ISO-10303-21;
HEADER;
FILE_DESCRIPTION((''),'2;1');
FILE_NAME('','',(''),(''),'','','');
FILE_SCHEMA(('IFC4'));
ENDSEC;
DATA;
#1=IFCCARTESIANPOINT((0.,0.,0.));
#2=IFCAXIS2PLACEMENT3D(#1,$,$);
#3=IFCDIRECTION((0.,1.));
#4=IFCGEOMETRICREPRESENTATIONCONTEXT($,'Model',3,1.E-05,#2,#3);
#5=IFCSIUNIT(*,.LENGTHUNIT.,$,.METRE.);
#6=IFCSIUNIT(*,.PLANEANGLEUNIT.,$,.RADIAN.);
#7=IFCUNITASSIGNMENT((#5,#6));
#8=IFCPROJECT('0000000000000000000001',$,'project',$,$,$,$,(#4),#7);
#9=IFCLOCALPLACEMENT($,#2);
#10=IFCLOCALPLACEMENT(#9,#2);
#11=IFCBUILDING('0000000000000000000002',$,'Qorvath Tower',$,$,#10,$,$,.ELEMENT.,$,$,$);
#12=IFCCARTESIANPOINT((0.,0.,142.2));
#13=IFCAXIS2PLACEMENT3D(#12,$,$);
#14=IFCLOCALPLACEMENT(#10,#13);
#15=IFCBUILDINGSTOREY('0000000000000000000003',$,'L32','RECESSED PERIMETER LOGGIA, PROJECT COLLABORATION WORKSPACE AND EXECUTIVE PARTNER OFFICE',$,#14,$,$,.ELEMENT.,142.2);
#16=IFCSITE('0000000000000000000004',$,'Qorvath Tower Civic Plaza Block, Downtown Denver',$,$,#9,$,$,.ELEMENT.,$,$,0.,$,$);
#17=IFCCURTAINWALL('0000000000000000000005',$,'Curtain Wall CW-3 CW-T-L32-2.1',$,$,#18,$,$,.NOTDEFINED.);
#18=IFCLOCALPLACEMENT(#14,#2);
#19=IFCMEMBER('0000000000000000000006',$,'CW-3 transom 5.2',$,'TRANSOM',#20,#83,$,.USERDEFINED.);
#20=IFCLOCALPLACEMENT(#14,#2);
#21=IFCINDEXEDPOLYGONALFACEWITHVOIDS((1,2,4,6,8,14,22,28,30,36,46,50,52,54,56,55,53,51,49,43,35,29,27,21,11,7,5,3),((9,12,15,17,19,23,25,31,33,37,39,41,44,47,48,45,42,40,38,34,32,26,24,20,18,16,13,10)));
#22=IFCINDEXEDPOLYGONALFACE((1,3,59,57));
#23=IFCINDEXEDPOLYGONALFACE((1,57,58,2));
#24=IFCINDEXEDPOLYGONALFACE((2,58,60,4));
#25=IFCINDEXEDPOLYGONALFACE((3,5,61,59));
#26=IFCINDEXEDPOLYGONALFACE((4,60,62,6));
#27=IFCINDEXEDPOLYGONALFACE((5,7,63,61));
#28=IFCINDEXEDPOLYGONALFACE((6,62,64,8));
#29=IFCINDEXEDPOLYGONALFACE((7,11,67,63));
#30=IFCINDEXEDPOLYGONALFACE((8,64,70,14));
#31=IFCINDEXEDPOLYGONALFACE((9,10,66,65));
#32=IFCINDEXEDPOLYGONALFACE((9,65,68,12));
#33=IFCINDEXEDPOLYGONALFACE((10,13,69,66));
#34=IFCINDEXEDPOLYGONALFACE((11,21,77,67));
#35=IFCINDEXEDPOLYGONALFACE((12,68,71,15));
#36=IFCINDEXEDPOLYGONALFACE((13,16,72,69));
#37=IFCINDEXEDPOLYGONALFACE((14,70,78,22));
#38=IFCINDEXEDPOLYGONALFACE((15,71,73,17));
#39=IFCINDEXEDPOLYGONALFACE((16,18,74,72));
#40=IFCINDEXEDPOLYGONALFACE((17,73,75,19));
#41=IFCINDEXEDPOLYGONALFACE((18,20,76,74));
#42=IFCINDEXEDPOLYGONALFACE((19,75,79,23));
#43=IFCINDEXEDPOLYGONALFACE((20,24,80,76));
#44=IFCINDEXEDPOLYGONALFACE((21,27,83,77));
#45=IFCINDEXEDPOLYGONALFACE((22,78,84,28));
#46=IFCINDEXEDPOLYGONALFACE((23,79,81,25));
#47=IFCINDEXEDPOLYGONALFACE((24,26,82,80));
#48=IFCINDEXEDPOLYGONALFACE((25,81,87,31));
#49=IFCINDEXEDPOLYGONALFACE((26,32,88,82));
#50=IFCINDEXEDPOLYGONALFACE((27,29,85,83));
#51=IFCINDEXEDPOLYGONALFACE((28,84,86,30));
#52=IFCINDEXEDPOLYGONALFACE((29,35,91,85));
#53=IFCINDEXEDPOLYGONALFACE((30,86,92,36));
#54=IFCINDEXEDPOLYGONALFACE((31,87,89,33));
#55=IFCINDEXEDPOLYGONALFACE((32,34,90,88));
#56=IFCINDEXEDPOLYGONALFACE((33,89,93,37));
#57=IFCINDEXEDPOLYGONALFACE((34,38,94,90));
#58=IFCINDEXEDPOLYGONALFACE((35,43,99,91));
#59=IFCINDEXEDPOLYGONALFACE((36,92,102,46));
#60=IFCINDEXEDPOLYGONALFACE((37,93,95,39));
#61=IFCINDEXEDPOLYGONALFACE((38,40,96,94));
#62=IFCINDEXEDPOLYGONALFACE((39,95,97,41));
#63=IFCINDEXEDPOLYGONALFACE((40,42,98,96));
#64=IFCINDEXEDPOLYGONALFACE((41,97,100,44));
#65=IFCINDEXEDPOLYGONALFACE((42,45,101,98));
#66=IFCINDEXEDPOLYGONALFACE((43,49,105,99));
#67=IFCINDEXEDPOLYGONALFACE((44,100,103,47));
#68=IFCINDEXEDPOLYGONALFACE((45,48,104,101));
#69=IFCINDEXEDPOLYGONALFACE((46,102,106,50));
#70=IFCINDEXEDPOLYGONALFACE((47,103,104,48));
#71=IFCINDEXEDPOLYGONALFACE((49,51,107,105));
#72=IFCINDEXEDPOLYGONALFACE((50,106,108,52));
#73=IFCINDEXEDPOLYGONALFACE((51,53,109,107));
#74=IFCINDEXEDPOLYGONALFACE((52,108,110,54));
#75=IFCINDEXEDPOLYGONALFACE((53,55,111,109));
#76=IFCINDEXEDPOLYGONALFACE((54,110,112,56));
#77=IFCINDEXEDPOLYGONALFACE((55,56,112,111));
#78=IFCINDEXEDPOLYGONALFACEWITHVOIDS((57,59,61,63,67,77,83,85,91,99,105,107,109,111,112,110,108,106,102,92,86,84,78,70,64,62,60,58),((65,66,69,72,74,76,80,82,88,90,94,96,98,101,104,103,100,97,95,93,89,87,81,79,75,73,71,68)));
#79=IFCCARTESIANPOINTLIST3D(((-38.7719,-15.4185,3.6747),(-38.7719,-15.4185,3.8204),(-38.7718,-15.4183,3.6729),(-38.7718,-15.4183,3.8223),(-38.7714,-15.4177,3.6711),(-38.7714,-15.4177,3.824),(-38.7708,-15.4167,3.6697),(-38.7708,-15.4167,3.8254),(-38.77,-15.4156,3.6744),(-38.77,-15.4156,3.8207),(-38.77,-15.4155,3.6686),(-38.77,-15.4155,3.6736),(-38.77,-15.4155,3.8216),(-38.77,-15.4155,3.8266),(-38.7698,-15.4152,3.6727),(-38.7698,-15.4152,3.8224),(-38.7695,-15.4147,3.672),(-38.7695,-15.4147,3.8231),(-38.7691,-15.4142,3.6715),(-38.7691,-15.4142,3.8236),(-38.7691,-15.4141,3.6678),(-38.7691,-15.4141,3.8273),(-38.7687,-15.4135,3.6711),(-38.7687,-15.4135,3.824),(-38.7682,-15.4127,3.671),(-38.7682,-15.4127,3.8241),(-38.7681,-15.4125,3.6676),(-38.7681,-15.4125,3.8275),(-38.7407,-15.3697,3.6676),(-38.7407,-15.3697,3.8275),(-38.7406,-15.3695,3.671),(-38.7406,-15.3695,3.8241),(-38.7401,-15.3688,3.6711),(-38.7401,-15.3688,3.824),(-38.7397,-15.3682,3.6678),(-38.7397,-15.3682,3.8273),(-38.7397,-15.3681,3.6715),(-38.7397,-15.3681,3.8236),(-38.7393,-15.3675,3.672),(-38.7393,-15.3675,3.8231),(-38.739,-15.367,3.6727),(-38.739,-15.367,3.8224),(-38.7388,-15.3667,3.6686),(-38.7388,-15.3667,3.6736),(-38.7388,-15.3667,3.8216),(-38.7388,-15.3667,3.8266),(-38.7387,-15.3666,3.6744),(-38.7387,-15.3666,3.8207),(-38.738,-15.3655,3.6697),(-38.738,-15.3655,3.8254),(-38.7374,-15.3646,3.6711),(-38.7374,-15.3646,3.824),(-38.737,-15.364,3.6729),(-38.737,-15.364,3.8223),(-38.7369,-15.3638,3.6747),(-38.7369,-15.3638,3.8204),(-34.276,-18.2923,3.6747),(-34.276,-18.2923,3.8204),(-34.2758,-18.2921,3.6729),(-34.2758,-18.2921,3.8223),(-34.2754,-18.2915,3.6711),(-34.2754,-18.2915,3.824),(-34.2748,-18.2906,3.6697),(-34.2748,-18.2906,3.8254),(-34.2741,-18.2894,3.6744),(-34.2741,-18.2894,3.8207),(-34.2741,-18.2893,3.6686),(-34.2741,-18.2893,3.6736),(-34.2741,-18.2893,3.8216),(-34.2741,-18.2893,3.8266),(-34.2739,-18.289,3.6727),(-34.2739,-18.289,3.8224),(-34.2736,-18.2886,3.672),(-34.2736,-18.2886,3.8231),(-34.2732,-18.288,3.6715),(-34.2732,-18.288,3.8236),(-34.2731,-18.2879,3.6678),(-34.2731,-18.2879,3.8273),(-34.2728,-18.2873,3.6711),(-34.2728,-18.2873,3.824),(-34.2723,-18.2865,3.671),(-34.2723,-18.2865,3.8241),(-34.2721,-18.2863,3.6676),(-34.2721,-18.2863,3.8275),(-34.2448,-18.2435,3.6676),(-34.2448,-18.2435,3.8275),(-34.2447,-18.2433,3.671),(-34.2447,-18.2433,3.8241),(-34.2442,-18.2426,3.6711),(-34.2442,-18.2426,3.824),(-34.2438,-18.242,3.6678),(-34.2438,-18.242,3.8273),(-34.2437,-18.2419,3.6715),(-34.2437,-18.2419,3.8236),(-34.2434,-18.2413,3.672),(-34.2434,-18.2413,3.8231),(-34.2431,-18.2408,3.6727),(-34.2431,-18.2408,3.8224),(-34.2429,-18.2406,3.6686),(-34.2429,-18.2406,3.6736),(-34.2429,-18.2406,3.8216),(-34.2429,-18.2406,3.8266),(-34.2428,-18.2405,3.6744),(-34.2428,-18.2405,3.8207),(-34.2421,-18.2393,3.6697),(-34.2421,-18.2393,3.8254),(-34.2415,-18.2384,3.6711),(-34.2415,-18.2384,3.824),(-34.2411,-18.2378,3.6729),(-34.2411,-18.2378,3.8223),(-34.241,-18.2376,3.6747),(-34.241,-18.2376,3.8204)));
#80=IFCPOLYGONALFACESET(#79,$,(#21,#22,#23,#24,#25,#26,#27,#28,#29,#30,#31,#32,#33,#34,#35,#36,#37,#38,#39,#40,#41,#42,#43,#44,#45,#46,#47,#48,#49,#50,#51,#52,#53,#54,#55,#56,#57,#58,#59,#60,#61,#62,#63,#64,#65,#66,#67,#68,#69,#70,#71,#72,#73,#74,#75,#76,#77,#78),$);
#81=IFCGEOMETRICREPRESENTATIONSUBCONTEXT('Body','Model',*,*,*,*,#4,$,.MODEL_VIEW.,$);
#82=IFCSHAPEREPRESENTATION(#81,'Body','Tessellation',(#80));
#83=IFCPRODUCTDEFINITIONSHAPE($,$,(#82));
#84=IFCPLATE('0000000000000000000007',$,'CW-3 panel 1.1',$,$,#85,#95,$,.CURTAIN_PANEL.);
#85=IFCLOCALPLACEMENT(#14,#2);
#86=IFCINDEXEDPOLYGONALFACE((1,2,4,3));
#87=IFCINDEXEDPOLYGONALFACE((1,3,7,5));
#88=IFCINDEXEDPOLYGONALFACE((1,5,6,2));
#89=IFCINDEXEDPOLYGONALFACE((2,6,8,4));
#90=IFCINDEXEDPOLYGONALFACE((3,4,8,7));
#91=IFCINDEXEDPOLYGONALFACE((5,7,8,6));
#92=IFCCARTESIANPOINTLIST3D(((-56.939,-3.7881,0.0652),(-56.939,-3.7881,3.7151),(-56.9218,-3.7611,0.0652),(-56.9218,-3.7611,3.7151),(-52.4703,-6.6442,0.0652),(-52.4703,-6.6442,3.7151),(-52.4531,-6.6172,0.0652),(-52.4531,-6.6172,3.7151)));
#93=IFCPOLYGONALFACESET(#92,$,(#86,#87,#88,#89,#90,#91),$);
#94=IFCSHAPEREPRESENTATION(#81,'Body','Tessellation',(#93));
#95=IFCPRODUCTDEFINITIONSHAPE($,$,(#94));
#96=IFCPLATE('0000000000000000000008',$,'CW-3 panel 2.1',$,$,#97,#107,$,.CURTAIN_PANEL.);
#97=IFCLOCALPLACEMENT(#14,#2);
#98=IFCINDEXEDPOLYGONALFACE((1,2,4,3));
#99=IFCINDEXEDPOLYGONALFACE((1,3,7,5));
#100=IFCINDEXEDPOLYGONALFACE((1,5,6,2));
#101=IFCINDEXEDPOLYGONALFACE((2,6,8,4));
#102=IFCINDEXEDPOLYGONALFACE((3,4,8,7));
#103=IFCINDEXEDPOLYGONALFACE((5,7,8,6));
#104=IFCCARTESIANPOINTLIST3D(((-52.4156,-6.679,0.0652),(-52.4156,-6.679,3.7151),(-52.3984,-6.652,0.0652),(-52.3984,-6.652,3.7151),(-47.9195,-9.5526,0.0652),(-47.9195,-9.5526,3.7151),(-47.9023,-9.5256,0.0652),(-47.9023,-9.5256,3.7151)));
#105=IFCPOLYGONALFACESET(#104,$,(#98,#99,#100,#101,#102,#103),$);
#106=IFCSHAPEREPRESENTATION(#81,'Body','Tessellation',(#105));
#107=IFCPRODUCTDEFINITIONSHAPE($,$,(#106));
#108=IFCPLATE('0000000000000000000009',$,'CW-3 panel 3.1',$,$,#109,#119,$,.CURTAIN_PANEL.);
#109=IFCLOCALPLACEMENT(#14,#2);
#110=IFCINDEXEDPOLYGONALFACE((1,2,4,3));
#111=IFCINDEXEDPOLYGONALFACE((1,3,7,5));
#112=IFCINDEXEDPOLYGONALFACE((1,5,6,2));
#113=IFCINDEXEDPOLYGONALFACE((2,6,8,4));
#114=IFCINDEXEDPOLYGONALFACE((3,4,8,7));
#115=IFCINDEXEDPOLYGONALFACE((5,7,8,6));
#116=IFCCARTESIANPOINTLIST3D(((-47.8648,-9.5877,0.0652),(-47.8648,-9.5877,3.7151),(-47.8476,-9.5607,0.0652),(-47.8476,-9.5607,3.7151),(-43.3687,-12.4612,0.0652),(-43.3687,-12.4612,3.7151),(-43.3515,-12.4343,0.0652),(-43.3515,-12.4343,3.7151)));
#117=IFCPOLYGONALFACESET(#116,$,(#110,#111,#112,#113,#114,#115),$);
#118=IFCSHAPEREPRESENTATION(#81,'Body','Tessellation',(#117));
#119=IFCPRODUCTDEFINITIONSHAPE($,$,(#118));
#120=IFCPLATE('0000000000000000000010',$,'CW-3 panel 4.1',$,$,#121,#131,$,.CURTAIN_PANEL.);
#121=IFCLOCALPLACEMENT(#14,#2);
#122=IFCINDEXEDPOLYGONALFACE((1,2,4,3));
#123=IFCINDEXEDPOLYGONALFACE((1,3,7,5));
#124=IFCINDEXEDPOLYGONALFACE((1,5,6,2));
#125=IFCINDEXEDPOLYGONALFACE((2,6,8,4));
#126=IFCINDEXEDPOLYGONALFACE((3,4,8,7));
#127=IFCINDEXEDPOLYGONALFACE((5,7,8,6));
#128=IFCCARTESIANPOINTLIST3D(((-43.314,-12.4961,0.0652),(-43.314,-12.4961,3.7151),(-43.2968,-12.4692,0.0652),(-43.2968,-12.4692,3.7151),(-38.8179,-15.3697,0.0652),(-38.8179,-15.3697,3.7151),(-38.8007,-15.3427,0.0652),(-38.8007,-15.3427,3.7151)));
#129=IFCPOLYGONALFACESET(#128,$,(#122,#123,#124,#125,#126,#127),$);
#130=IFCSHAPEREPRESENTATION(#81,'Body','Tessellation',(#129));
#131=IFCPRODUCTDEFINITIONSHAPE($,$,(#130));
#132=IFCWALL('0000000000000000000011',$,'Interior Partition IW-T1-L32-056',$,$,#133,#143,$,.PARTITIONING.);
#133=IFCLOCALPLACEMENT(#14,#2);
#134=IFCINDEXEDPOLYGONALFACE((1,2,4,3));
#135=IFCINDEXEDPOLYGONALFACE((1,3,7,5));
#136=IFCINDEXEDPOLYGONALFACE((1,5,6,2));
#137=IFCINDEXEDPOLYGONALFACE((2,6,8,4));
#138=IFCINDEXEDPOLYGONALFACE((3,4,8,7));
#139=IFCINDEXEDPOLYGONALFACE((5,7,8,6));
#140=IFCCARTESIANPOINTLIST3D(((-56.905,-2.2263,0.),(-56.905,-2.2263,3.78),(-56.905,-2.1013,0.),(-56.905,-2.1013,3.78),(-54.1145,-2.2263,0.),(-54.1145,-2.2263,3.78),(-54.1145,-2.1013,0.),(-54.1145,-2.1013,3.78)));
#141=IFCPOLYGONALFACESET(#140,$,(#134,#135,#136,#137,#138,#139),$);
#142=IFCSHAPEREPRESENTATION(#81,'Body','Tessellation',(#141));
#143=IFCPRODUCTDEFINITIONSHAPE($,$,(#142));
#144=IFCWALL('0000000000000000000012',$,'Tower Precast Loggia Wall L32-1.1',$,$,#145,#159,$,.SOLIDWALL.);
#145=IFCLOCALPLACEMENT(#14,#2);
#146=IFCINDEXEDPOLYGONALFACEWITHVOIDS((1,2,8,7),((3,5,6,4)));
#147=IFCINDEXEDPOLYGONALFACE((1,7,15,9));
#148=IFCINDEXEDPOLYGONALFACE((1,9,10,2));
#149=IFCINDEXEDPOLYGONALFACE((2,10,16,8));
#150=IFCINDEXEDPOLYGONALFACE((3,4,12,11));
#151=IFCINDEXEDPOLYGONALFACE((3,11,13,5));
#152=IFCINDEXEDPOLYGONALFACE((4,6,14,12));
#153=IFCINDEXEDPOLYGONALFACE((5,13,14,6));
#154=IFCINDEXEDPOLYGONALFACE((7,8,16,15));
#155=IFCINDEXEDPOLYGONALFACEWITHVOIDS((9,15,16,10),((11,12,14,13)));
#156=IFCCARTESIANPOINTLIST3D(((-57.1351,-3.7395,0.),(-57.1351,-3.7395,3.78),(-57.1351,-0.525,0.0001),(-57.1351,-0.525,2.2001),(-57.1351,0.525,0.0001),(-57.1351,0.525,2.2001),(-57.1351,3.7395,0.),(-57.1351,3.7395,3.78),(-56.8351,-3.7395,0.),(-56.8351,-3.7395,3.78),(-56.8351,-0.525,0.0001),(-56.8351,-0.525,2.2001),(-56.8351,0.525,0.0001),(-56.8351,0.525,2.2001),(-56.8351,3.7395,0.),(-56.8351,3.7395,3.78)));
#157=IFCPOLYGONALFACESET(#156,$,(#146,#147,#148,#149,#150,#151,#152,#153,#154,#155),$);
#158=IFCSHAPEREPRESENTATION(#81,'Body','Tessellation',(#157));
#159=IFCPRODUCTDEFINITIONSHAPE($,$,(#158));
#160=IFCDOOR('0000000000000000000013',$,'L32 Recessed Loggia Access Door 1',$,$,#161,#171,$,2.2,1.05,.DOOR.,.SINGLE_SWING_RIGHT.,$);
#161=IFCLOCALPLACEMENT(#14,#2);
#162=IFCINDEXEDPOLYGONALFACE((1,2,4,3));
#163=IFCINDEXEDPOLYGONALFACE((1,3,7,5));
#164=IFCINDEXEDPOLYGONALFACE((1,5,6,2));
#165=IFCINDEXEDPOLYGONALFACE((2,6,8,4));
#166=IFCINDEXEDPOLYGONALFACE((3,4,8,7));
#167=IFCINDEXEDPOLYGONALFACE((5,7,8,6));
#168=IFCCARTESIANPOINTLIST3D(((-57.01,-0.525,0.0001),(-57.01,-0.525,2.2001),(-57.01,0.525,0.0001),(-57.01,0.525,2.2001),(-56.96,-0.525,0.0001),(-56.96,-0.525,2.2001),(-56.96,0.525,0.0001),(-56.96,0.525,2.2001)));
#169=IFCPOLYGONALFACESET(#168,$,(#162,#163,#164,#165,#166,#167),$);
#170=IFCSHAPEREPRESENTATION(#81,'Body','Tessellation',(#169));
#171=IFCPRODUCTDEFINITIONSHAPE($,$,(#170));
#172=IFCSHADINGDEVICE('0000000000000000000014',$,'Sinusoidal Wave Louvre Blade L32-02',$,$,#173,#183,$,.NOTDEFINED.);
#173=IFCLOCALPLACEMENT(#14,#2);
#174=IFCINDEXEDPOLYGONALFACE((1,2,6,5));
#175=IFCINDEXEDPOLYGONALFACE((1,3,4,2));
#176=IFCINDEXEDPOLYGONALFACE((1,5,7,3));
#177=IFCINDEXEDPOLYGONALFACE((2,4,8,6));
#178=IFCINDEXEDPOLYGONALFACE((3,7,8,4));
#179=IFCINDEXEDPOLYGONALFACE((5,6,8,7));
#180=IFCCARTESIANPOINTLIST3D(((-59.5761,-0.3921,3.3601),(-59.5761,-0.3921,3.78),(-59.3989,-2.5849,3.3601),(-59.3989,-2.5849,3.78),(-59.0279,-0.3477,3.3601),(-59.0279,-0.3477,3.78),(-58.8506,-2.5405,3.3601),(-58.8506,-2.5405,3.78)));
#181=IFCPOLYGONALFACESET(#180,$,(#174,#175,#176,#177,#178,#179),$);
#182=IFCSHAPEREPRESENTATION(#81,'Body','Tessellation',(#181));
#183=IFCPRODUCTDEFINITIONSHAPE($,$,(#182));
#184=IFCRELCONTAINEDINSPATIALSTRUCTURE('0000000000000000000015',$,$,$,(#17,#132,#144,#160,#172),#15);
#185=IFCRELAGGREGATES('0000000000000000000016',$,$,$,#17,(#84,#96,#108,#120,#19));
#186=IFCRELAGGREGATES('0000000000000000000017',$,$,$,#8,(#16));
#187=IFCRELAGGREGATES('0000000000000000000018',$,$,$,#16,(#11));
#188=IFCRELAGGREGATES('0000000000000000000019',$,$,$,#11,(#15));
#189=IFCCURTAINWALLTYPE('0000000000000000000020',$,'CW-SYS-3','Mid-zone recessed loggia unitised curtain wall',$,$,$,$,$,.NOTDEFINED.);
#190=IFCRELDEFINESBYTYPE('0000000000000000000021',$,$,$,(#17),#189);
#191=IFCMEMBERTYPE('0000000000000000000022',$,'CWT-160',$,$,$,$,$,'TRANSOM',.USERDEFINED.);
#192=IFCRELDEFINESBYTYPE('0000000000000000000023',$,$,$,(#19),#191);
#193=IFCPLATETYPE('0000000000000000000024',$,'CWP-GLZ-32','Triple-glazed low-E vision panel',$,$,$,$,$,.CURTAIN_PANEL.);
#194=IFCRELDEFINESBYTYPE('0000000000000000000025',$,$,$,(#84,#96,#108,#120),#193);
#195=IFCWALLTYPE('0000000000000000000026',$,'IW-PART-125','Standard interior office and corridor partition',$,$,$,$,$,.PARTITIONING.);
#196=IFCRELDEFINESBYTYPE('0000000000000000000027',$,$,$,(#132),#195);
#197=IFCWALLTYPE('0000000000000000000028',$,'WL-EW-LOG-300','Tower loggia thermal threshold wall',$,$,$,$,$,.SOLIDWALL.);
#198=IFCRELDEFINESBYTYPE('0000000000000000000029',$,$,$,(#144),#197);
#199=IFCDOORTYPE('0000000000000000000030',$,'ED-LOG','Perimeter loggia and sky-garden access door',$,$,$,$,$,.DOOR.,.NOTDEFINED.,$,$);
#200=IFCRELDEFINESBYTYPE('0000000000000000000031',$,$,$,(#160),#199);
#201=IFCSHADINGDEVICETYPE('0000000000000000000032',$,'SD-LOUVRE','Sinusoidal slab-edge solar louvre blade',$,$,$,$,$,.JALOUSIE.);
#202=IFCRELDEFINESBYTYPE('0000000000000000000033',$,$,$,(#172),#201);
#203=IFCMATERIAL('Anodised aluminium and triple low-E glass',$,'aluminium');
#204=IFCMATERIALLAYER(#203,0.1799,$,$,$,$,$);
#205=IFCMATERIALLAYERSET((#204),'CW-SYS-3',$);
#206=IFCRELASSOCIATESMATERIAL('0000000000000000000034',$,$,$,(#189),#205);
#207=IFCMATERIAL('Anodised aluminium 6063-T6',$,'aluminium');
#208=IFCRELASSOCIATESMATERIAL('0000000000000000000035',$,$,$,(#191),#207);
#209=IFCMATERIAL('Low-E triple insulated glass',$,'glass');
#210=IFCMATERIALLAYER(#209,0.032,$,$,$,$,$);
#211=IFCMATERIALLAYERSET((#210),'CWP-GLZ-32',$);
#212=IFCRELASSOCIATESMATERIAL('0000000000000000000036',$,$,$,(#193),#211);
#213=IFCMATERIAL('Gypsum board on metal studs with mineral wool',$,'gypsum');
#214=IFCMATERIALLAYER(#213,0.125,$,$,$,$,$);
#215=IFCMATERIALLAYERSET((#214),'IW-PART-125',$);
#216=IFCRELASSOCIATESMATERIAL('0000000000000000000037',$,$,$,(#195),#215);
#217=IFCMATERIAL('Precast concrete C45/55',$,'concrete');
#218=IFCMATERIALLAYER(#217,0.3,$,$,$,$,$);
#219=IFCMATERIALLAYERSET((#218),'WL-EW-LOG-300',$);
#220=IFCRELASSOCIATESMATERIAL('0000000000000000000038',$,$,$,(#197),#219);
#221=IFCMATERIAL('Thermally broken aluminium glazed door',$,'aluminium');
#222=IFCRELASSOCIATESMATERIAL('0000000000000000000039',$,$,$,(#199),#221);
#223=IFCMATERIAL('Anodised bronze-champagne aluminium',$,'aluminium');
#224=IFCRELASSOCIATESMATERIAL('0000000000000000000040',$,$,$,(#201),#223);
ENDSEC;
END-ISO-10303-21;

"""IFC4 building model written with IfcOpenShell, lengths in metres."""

from ifc_helpers import new_model, si_unit, direction, frame, frame_2d, origin, origin_2d, place, context, subcontext, project, spatial, rectangle, hollow_rectangle, extrude, material, layer, layer_set, material_profile, profile_set, type_object, element, fill, aggregate, save


model = new_model("IFC4")

# Units and contexts
model_context = context("Model", 3, precision=1e-05, world=origin(), true_north=direction((0.0, 1.0)))
body_context = subcontext(model_context, "Body", "Model", "MODEL_VIEW")
ifc_project = project(units=[si_unit("LENGTHUNIT", "METRE"), si_unit("PLANEANGLEUNIT", "RADIAN")], contexts=[model_context])

# Site, building, storey
site_placement = place(None, origin())
site = spatial("IfcSite", under=ifc_project, at=site_placement, Name="Qorvath Tower Civic Plaza Block, Downtown Denver", CompositionType="ELEMENT", RefElevation=0.0)
building_placement = place(site_placement, origin())
building = spatial("IfcBuilding", under=site, at=building_placement, Name="Qorvath Tower", CompositionType="ELEMENT")
storey_placement = place(building_placement, frame((0.0, 0.0, 142.2)))
storey = spatial("IfcBuildingStorey", under=building, at=storey_placement, Name="L32", Description="RECESSED PERIMETER LOGGIA, PROJECT COLLABORATION WORKSPACE AND EXECUTIVE PARTNER OFFICE", CompositionType="ELEMENT", Elevation=142.2)

# Curtain wall, member, plates
ifc_material_1 = material(Name="Anodised aluminium and triple low-E glass", Category="aluminium")
ifc_layer_1 = layer(ifc_material_1, 0.1799)
ifc_layer_set_1 = layer_set([ifc_layer_1], Name="CW-SYS-3")
curtain_wall_type = type_object("IfcCurtainWallType", Name="CW-SYS-3", Description="Mid-zone recessed loggia unitised curtain wall", PredefinedType="NOTDEFINED", material=ifc_layer_set_1)
curtain_wall_placement = place(storey_placement, origin())
curtain_wall = element("IfcCurtainWall", 1, at=curtain_wall_placement, inside=storey, type_object=curtain_wall_type, Name="Curtain Wall CW-3 CW-T-L32-2.1", PredefinedType="NOTDEFINED")
ifc_material_2 = material(Name="Anodised aluminium 6063-T6", Category="aluminium")
ifc_material_profile_1 = material_profile(ifc_material_2, hollow_rectangle(XDim=0.0649, YDim=0.1599, WallThickness=0.0034, InnerFilletRadius=0.0034, OuterFilletRadius=0.0071, at=origin_2d()), Name="CWT 160x65")
ifc_profile_set_1 = profile_set([ifc_material_profile_1], Name="Anodised aluminium 6063-T6")
member_type_1 = type_object("IfcMemberType", Name="CWT-160", ElementType="TRANSOM", PredefinedType="USERDEFINED", material=ifc_profile_set_1)
member_1_placement = place(storey_placement, frame((-38.7544, -15.3911, 3.7476), z_axis=(0.842575, -0.53858, 0.0), x_axis=(0.53858, 0.842575, 0.0)))
member_1 = element("IfcMember", 2, at=member_1_placement, type_object=member_type_1, Name="CW-3 transom 5.2", ObjectType="TRANSOM", PredefinedType="USERDEFINED", context=body_context, shape_type="SweptSolid", body=[
    extrude(hollow_rectangle(XDim=0.0649, YDim=0.1599, WallThickness=0.0034, InnerFilletRadius=0.0034, OuterFilletRadius=0.0071, at=origin_2d()), origin(), (0.0, 0.0, 1.0), 5.3359),
])
ifc_material_3 = material(Name="Low-E triple insulated glass", Category="glass")
ifc_layer_2 = layer(ifc_material_3, 0.032)
ifc_layer_set_2 = layer_set([ifc_layer_2], Name="CWP-GLZ-32")
plate_type = type_object("IfcPlateType", Name="CWP-GLZ-32", Description="Triple-glazed low-E vision panel", PredefinedType="CURTAIN_PANEL", material=ifc_layer_set_2)
plate_1_placement = place(storey_placement, frame((-54.696, -5.2026, 0.0652), z_axis=(0.0, 0.0, 1.0), x_axis=(0.842604, -0.538533, 0.0)))
plate_1 = element("IfcPlate", 3, at=plate_1_placement, type_object=plate_type, Name="CW-3 panel 1.1", PredefinedType="CURTAIN_PANEL", context=body_context, shape_type="SweptSolid", body=[
    extrude(rectangle(XDim=5.3035, YDim=0.032, at=origin_2d()), origin(), (0.0, 0.0, 1.0), 3.6499),
])
plate_2_placement = place(storey_placement, frame((-50.1589, -8.1023, 0.0652), z_axis=(0.0, 0.0, 1.0), x_axis=(0.842604, -0.538533, 0.0)))
plate_2 = element("IfcPlate", 4, at=plate_2_placement, type_object=plate_type, Name="CW-3 panel 2.1", PredefinedType="CURTAIN_PANEL", context=body_context, shape_type="SweptSolid", body=[
    extrude(rectangle(XDim=5.3359, YDim=0.032, at=origin_2d()), origin(), (0.0, 0.0, 1.0), 3.6499),
])
plate_3_placement = place(storey_placement, frame((-45.6082, -11.011, 0.0652), z_axis=(0.0, 0.0, 1.0), x_axis=(0.842604, -0.538533, 0.0)))
plate_3 = element("IfcPlate", 5, at=plate_3_placement, type_object=plate_type, Name="CW-3 panel 3.1", PredefinedType="CURTAIN_PANEL", context=body_context, shape_type="SweptSolid", body=[
    extrude(rectangle(XDim=5.3359, YDim=0.032, at=origin_2d()), origin(), (0.0, 0.0, 1.0), 3.6499),
])
plate_4_placement = place(storey_placement, frame((-41.0574, -13.9194, 0.0652), z_axis=(0.0, 0.0, 1.0), x_axis=(0.842604, -0.538533, 0.0)))
plate_4 = element("IfcPlate", 6, at=plate_4_placement, type_object=plate_type, Name="CW-3 panel 4.1", PredefinedType="CURTAIN_PANEL", context=body_context, shape_type="SweptSolid", body=[
    extrude(rectangle(XDim=5.3359, YDim=0.032, at=origin_2d()), origin(), (0.0, 0.0, 1.0), 3.6499),
])
aggregate(curtain_wall, [plate_1, plate_2, plate_3, plate_4, member_1])

# Wall
ifc_material_4 = material(Name="Gypsum board on metal studs with mineral wool", Category="gypsum")
ifc_layer_3 = layer(ifc_material_4, 0.125)
ifc_layer_set_3 = layer_set([ifc_layer_3], Name="IW-PART-125")
wall_type_1 = type_object("IfcWallType", Name="IW-PART-125", Description="Standard interior office and corridor partition", PredefinedType="PARTITIONING", material=ifc_layer_set_3)
wall_1_placement = place(storey_placement, frame((-54.1145, -2.1638, 0.0), z_axis=(0.0, 0.0, 1.0), x_axis=(-1.0, 0.0, 0.0)))
element("IfcWall", 7, at=wall_1_placement, inside=storey, type_object=wall_type_1, Name="Interior Partition IW-T1-L32-056", PredefinedType="PARTITIONING", context=body_context, shape_type="SweptSolid", body=[
    extrude(rectangle(XDim=2.7905, YDim=0.125, at=frame_2d((1.3953, 0.0))), origin(), (0.0, 0.0, 1.0), 3.78),
])

# Wall, opening, door
ifc_material_5 = material(Name="Precast concrete C45/55", Category="concrete")
ifc_layer_4 = layer(ifc_material_5, 0.3)
ifc_layer_set_4 = layer_set([ifc_layer_4], Name="WL-EW-LOG-300")
wall_type_2 = type_object("IfcWallType", Name="WL-EW-LOG-300", Description="Tower loggia thermal threshold wall", PredefinedType="SOLIDWALL", material=ifc_layer_set_4)
wall_2_placement = place(storey_placement, frame((-56.9851, -3.7395, 0.0), z_axis=(0.0, 0.0, 1.0), x_axis=(0.0, 1.0, 0.0)))
wall_2 = element("IfcWall", 8, at=wall_2_placement, inside=storey, type_object=wall_type_2, Name="Tower Precast Loggia Wall L32-1.1", PredefinedType="SOLIDWALL", context=body_context, shape_type="SweptSolid", body=[
    extrude(rectangle(XDim=7.479, YDim=0.3, at=frame_2d((3.7395, 0.0))), origin(), (0.0, 0.0, 1.0), 3.78),
])
opening_placement = place(wall_2_placement, frame((3.2146, 0.0, 0.0)))
opening = element("IfcOpeningElement", 9, at=opening_placement, cuts=wall_2, PredefinedType="OPENING", context=body_context, shape_type="SweptSolid", body=[
    extrude(rectangle(XDim=1.05, YDim=2.2, at=frame_2d((0.5249, 1.1001))), frame((0.0, 0.1602, 0.0), z_axis=(0.0, -1.0, 0.0), x_axis=(1.0, 0.0, 0.0)), (0.0, 0.0, 1.0), 0.3201),
])
ifc_material_6 = material(Name="Thermally broken aluminium glazed door", Category="aluminium")
door_type = type_object("IfcDoorType", Name="ED-LOG", Description="Perimeter loggia and sky-garden access door", OperationType="NOTDEFINED", PredefinedType="DOOR", material=ifc_material_6)
door_placement = place(opening_placement, origin())
door = element("IfcDoor", 10, at=door_placement, inside=storey, type_object=door_type, Name="L32 Recessed Loggia Access Door 1", OperationType="SINGLE_SWING_RIGHT", OverallHeight=2.2, OverallWidth=1.05, PredefinedType="DOOR", context=body_context, shape_type="SweptSolid", body=[
    extrude(rectangle(XDim=1.05, YDim=2.2, at=frame_2d((0.5249, 1.1001))), frame((0.0, 0.0249, 0.0), z_axis=(0.0, -1.0, 0.0), x_axis=(1.0, 0.0, 0.0)), (0.0, 0.0, 1.0), 0.05),
])
fill(opening, door)

# Shading device
ifc_material_7 = material(Name="Anodised bronze-champagne aluminium", Category="aluminium")
shading_device_type = type_object("IfcShadingDeviceType", Name="SD-LOUVRE", Description="Sinusoidal slab-edge solar louvre blade", PredefinedType="JALOUSIE", material=ifc_material_7)
shading_device_placement = place(storey_placement, frame((-59.2134, -1.4663, 3.3601), z_axis=(0.0, 0.0, 1.0), x_axis=(0.080583, -0.996748, 0.0)))
element("IfcShadingDevice", 11, at=shading_device_placement, inside=storey, type_object=shading_device_type, Name="Sinusoidal Wave Louvre Blade L32-02", PredefinedType="NOTDEFINED", context=body_context, shape_type="SweptSolid", body=[
    extrude(rectangle(XDim=2.2, YDim=0.55, at=origin_2d()), origin(), (0.0, 0.0, 1.0), 0.4199),
])

save(model, "model.ifc")
